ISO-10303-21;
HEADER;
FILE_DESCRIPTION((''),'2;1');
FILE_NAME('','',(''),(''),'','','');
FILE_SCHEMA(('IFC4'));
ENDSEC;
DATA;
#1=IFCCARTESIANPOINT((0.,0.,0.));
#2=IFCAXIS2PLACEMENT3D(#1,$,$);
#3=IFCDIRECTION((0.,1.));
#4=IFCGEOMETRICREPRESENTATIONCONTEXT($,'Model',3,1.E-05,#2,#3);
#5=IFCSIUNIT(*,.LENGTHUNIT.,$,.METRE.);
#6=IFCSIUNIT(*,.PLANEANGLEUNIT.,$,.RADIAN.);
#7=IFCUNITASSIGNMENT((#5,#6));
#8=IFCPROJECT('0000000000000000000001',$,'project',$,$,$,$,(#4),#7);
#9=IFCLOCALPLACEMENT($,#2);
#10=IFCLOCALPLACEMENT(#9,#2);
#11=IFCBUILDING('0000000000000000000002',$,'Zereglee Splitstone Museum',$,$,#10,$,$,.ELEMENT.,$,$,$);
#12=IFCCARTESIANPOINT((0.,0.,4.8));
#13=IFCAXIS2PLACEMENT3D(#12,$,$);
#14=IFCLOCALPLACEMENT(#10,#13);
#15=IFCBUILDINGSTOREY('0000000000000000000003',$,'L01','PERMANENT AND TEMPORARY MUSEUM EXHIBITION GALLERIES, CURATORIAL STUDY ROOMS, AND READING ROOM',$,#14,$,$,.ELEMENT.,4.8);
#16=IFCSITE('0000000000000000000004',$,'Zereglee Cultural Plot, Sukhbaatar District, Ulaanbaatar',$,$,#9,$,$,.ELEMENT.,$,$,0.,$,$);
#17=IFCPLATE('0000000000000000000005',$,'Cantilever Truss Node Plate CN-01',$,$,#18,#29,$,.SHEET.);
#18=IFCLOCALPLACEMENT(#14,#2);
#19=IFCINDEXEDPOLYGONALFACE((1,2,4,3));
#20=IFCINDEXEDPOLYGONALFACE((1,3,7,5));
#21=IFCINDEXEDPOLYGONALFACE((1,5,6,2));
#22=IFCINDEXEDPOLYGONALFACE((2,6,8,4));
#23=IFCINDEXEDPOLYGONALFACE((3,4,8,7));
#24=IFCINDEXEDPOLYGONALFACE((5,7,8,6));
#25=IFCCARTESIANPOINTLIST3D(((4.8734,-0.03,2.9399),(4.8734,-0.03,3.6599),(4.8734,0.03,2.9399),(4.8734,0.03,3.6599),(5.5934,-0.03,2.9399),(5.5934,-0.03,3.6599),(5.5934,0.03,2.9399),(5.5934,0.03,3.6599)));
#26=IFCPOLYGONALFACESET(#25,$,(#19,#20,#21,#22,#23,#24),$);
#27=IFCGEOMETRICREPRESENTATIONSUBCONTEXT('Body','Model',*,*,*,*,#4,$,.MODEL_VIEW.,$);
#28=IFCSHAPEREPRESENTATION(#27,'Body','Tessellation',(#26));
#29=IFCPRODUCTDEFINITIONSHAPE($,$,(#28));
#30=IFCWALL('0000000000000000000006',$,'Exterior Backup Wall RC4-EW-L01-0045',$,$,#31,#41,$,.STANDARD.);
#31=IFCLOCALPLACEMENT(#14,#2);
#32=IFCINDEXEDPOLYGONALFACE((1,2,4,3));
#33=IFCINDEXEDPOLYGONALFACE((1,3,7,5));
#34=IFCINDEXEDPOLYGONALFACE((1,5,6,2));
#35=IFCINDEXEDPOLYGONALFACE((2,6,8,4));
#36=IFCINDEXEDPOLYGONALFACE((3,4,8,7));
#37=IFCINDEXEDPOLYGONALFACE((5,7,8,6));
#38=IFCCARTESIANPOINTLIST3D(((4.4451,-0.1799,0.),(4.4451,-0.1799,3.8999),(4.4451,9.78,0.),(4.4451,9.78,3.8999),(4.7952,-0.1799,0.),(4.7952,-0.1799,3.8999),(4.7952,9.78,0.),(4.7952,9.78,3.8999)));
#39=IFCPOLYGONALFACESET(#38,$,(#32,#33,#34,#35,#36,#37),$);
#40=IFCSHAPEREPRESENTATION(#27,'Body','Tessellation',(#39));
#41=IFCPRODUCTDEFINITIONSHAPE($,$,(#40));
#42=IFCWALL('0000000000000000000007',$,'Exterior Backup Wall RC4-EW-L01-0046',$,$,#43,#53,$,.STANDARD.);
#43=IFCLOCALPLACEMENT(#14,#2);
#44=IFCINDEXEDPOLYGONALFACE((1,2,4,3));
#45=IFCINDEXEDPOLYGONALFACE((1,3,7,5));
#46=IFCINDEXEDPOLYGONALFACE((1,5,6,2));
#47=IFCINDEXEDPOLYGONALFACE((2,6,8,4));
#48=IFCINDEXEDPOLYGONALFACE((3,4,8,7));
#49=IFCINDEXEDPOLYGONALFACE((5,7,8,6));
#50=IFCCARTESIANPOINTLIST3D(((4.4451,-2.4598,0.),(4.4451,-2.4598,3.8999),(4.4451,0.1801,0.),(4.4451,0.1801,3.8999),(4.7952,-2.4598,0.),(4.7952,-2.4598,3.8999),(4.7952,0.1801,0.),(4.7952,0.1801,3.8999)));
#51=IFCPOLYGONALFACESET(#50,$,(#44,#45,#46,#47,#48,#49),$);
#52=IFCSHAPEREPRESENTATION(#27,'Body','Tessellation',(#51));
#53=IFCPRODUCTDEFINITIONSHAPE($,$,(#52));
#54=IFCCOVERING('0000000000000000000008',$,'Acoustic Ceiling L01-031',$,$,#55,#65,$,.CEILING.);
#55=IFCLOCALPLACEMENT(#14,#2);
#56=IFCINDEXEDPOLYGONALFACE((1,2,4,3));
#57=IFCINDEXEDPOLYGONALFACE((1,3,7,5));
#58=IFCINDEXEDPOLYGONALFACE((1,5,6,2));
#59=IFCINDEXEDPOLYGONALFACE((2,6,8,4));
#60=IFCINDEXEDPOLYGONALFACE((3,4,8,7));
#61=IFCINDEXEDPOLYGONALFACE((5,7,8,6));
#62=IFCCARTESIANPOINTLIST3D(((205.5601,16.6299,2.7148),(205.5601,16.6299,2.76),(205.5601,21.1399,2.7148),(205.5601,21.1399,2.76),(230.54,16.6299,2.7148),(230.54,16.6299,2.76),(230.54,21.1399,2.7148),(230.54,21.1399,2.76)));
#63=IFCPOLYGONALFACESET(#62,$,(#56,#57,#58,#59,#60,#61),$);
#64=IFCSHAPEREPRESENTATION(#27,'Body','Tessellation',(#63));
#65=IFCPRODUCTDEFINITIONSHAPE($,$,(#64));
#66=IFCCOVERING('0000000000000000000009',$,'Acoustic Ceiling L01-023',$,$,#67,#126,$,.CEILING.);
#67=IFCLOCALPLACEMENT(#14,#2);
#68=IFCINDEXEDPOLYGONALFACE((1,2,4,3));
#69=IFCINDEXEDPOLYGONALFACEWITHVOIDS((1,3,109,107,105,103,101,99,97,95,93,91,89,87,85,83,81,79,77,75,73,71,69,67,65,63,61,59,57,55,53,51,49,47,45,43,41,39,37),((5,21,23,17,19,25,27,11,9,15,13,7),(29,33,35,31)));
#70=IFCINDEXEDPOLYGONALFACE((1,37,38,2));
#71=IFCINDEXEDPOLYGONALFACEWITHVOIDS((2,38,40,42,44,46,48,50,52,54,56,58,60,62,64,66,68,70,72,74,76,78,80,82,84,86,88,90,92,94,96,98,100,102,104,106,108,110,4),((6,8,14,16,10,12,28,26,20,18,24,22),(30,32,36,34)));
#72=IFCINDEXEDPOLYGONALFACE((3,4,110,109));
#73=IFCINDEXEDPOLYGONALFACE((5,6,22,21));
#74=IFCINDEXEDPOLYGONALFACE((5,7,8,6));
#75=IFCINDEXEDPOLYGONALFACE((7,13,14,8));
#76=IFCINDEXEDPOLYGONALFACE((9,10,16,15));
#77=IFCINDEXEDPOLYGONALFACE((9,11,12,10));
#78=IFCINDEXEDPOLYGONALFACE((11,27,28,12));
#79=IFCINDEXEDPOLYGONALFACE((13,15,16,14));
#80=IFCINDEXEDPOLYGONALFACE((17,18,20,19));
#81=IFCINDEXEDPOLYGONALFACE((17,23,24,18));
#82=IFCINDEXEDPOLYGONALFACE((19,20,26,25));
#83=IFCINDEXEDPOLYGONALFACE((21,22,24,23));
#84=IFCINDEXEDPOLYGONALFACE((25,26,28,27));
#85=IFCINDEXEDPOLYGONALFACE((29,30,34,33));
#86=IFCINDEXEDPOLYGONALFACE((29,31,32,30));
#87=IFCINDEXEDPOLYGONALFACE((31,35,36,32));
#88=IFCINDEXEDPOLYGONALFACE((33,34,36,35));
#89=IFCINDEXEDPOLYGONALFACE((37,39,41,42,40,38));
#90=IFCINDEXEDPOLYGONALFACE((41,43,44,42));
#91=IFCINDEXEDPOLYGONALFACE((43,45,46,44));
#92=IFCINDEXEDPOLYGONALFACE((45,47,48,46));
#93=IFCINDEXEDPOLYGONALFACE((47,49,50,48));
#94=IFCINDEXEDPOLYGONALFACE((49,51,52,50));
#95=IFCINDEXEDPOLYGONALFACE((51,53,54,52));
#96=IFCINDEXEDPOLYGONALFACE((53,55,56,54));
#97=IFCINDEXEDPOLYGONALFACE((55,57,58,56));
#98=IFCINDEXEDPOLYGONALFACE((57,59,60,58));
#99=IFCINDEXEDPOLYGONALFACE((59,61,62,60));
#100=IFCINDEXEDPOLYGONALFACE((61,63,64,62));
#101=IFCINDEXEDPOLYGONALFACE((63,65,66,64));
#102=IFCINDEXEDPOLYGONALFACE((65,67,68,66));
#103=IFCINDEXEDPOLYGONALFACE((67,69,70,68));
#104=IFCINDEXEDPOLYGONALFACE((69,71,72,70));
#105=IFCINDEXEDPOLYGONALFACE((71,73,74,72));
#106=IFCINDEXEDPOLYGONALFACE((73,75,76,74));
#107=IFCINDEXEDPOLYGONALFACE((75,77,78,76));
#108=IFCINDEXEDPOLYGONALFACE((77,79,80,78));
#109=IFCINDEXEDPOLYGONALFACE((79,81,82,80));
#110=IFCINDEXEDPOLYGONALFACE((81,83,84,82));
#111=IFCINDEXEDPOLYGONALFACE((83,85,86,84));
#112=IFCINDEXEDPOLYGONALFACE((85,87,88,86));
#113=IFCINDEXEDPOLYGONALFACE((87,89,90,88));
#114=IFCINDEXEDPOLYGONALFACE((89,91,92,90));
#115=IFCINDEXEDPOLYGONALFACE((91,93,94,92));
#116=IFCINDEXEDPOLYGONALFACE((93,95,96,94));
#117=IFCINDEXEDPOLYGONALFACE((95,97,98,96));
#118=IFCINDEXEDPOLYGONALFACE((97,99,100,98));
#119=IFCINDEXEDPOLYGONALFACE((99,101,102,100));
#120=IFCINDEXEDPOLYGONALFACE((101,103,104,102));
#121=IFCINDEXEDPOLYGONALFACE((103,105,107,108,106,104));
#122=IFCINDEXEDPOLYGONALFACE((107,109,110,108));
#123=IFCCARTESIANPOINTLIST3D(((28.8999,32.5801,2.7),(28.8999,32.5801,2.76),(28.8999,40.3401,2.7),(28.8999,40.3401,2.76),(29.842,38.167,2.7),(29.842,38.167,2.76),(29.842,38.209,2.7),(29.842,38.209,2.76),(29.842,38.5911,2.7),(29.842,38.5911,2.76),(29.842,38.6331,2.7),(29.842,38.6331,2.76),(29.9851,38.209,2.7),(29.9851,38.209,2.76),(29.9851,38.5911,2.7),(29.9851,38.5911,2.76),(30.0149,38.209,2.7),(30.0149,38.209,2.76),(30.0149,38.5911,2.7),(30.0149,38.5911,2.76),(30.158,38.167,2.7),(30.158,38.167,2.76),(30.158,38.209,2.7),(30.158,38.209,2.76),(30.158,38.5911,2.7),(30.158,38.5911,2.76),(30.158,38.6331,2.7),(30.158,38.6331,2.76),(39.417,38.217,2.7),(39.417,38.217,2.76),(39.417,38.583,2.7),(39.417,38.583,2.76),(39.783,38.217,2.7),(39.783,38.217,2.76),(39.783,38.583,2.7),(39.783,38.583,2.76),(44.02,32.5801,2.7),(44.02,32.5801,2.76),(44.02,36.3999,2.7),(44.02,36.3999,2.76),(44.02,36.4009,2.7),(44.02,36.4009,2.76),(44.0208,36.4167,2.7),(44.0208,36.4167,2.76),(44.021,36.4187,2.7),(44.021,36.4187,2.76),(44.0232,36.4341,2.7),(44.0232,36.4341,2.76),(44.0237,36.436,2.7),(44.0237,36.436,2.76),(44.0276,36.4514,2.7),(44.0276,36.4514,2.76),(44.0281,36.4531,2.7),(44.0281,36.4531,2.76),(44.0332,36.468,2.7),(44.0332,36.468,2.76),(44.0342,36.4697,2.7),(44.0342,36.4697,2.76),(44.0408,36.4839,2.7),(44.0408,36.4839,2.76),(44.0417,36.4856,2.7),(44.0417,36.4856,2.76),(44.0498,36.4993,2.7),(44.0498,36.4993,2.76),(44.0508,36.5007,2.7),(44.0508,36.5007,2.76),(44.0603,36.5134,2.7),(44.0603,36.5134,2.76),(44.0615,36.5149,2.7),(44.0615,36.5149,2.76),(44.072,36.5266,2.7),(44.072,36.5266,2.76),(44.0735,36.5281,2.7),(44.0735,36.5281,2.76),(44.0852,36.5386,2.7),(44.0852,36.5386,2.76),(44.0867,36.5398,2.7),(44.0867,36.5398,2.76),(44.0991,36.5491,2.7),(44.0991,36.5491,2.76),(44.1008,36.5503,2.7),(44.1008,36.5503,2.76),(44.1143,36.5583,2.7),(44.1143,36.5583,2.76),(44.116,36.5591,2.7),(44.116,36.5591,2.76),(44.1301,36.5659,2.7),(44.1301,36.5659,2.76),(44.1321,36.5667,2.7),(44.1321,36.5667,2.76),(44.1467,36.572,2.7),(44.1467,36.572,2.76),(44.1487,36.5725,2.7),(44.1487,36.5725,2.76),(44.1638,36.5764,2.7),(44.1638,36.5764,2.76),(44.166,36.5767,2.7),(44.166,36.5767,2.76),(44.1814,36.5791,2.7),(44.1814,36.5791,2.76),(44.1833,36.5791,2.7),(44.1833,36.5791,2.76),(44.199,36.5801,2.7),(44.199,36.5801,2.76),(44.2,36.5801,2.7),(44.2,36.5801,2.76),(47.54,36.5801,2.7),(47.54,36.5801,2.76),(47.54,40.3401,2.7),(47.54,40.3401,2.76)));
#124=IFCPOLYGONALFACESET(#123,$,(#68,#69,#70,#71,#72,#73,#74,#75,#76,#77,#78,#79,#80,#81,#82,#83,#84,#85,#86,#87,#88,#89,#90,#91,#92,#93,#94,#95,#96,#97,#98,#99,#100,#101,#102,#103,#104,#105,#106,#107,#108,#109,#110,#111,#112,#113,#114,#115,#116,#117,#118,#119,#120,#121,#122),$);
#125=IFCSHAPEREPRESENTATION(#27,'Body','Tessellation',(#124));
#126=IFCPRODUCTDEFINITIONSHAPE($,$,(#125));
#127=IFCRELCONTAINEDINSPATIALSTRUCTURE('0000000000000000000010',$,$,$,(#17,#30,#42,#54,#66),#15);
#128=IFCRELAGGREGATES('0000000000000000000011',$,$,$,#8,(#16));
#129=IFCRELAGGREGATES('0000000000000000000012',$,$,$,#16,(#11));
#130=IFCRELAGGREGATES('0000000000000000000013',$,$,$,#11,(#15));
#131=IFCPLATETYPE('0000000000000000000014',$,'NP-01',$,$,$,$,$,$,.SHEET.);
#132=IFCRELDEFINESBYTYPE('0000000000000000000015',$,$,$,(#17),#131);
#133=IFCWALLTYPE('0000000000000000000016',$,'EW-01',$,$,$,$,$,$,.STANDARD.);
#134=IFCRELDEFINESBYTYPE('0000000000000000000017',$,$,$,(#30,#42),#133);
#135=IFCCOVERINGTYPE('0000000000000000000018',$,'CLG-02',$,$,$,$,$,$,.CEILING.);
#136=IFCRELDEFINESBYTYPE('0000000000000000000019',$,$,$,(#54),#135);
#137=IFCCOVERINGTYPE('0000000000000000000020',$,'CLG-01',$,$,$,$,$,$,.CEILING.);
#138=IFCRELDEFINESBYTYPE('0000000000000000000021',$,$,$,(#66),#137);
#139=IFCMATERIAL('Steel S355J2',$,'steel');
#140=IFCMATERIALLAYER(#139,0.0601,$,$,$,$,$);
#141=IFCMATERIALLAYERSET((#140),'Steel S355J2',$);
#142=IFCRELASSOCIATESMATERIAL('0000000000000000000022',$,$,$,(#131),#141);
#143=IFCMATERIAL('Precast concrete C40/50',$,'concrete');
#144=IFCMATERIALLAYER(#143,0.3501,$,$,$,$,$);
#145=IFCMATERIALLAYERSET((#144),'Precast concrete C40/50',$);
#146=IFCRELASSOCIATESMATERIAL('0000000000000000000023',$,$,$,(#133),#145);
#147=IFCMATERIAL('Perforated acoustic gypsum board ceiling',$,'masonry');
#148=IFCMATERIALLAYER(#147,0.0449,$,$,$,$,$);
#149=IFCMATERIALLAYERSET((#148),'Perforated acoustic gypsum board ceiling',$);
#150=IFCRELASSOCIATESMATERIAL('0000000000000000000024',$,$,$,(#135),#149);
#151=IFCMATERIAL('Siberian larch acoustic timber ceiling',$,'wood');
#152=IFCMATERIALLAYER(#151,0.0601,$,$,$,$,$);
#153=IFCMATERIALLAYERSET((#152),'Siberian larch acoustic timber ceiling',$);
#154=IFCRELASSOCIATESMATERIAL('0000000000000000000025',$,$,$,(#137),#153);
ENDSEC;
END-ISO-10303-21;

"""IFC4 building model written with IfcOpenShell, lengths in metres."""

from ifc_helpers import new_model, si_unit, direction, frame, frame_2d, origin, origin_2d, place, context, subcontext, project, spatial, polyline, rectangle, outline, extrude, material, layer, layer_set, type_object, element, save


model = new_model("IFC4")

# Units and contexts
model_context = context("Model", 3, precision=1e-05, world=origin(), true_north=direction((0.0, 1.0)))
body_context = subcontext(model_context, "Body", "Model", "MODEL_VIEW")
ifc_project = project(units=[si_unit("LENGTHUNIT", "METRE"), si_unit("PLANEANGLEUNIT", "RADIAN")], contexts=[model_context])

# Site, building, storey
site_placement = place(None, origin())
site = spatial("IfcSite", under=ifc_project, at=site_placement, Name="Zereglee Cultural Plot, Sukhbaatar District, Ulaanbaatar", CompositionType="ELEMENT", RefElevation=0.0)
building_placement = place(site_placement, origin())
building = spatial("IfcBuilding", under=site, at=building_placement, Name="Zereglee Splitstone Museum", CompositionType="ELEMENT")
storey_placement = place(building_placement, frame((0.0, 0.0, 4.8)))
storey = spatial("IfcBuildingStorey", under=building, at=storey_placement, Name="L01", Description="PERMANENT AND TEMPORARY MUSEUM EXHIBITION GALLERIES, CURATORIAL STUDY ROOMS, AND READING ROOM", CompositionType="ELEMENT", Elevation=4.8)

# Shared definitions
ifc_material_1 = material(Name="Steel S355J2", Category="steel")

# Plate
ifc_layer_1 = layer(ifc_material_1, 0.0601)
ifc_layer_set_1 = layer_set([ifc_layer_1], Name="Steel S355J2")
plate_type_1 = type_object("IfcPlateType", Name="NP-01", PredefinedType="SHEET", material=ifc_layer_set_1)
plate_1_placement = place(storey_placement, frame((5.2334, 0.0, 2.9399), z_axis=(0.0, 0.0, 1.0), x_axis=(1.0, 0.0, 0.0)))
element("IfcPlate", 1, at=plate_1_placement, inside=storey, type_object=plate_type_1, Name="Cantilever Truss Node Plate CN-01", PredefinedType="SHEET", context=body_context, shape_type="SweptSolid", body=[
    extrude(rectangle(XDim=0.72, YDim=0.0601, at=origin_2d()), origin(), (0.0, 0.0, 1.0), 0.72),
])

# Walls
ifc_material_2 = material(Name="Precast concrete C40/50", Category="concrete")
ifc_layer_2 = layer(ifc_material_2, 0.3501)
ifc_layer_set_2 = layer_set([ifc_layer_2], Name="Precast concrete C40/50")
wall_type = type_object("IfcWallType", Name="EW-01", PredefinedType="STANDARD", material=ifc_layer_set_2)
wall_1_placement = place(storey_placement, frame((4.6201, 9.78, 0.0), z_axis=(0.0, 0.0, 1.0), x_axis=(0.0, -1.0, 0.0)))
element("IfcWall", 2, at=wall_1_placement, inside=storey, type_object=wall_type, Name="Exterior Backup Wall RC4-EW-L01-0045", PredefinedType="STANDARD", context=body_context, shape_type="SweptSolid", body=[
    extrude(rectangle(XDim=9.96, YDim=0.3501, at=frame_2d((4.98, 0.0))), origin(), (0.0, 0.0, 1.0), 3.8999),
])
wall_2_placement = place(storey_placement, frame((4.6201, 0.1799, 0.0), z_axis=(0.0, 0.0, 1.0), x_axis=(0.0, -1.0, 0.0)))
element("IfcWall", 3, at=wall_2_placement, inside=storey, type_object=wall_type, Name="Exterior Backup Wall RC4-EW-L01-0046", PredefinedType="STANDARD", context=body_context, shape_type="SweptSolid", body=[
    extrude(rectangle(XDim=2.6399, YDim=0.3501, at=frame_2d((1.3198, 0.0))), origin(), (0.0, 0.0, 1.0), 3.8999),
])

# Coverings
ifc_material_3 = material(Name="Perforated acoustic gypsum board ceiling", Category="masonry")
ifc_layer_3 = layer(ifc_material_3, 0.0449)
ifc_layer_set_3 = layer_set([ifc_layer_3], Name="Perforated acoustic gypsum board ceiling")
covering_type_1 = type_object("IfcCoveringType", Name="CLG-02", PredefinedType="CEILING", material=ifc_layer_set_3)
covering_1_placement = place(storey_placement, frame((0.0, 0.0, 2.7148)))
element("IfcCovering", 4, at=covering_1_placement, inside=storey, type_object=covering_type_1, Name="Acoustic Ceiling L01-031", PredefinedType="CEILING", context=body_context, shape_type="SweptSolid", body=[
    extrude(outline(polyline([(205.5601, 21.1399), (230.54, 21.1399), (230.54, 16.6299), (205.5601, 16.6299), (205.5601, 21.1399)])), origin(), (0.0, 0.0, 1.0), 0.0452),
])
ifc_material_4 = material(Name="Siberian larch acoustic timber ceiling", Category="wood")
ifc_layer_4 = layer(ifc_material_4, 0.0601)
ifc_layer_set_4 = layer_set([ifc_layer_4], Name="Siberian larch acoustic timber ceiling")
covering_type_2 = type_object("IfcCoveringType", Name="CLG-01", PredefinedType="CEILING", material=ifc_layer_set_4)
covering_2_placement = place(storey_placement, frame((0.0, 0.0, 2.7)))
element("IfcCovering", 5, at=covering_2_placement, inside=storey, type_object=covering_type_2, Name="Acoustic Ceiling L01-023", PredefinedType="CEILING", context=body_context, shape_type="SweptSolid", body=[
    extrude(outline(polyline([(44.199, 36.5801), (44.1833, 36.5791), (44.1814, 36.5791), (44.166, 36.5767), (44.1638, 36.5764), (44.1487, 36.5725), (44.1467, 36.572), (44.1321, 36.5667), (44.1301, 36.5659), (44.116, 36.5591), (44.1143, 36.5583), (44.1008, 36.5503), (44.0991, 36.5491), (44.0867, 36.5398), (44.0852, 36.5386), (44.0735, 36.5281), (44.072, 36.5266), (44.0615, 36.5149), (44.0603, 36.5134), (44.0508, 36.5007), (44.0498, 36.4993), (44.0417, 36.4856), (44.0408, 36.4839), (44.0342, 36.4697), (44.0332, 36.468), (44.0281, 36.4531), (44.0276, 36.4514), (44.0237, 36.436), (44.0232, 36.4341), (44.021, 36.4187), (44.0208, 36.4167), (44.02, 36.4009), (44.02, 36.3999), (44.02, 32.5801), (28.8999, 32.5801), (28.8999, 40.3401), (47.54, 40.3401), (47.54, 36.5801), (44.2, 36.5801), (44.199, 36.5801)]), holes=[polyline([(39.417, 38.583), (39.417, 38.217), (39.783, 38.217), (39.783, 38.583), (39.417, 38.583)]), polyline([(30.158, 38.5911), (30.158, 38.6331), (29.842, 38.6331), (29.842, 38.5911), (29.9851, 38.5911), (29.9851, 38.209), (29.842, 38.209), (29.842, 38.167), (30.158, 38.167), (30.158, 38.209), (30.0149, 38.209), (30.0149, 38.5911), (30.158, 38.5911)])]), origin(), (0.0, 0.0, 1.0), 0.0601),
])

save(model, "model.ifc")
